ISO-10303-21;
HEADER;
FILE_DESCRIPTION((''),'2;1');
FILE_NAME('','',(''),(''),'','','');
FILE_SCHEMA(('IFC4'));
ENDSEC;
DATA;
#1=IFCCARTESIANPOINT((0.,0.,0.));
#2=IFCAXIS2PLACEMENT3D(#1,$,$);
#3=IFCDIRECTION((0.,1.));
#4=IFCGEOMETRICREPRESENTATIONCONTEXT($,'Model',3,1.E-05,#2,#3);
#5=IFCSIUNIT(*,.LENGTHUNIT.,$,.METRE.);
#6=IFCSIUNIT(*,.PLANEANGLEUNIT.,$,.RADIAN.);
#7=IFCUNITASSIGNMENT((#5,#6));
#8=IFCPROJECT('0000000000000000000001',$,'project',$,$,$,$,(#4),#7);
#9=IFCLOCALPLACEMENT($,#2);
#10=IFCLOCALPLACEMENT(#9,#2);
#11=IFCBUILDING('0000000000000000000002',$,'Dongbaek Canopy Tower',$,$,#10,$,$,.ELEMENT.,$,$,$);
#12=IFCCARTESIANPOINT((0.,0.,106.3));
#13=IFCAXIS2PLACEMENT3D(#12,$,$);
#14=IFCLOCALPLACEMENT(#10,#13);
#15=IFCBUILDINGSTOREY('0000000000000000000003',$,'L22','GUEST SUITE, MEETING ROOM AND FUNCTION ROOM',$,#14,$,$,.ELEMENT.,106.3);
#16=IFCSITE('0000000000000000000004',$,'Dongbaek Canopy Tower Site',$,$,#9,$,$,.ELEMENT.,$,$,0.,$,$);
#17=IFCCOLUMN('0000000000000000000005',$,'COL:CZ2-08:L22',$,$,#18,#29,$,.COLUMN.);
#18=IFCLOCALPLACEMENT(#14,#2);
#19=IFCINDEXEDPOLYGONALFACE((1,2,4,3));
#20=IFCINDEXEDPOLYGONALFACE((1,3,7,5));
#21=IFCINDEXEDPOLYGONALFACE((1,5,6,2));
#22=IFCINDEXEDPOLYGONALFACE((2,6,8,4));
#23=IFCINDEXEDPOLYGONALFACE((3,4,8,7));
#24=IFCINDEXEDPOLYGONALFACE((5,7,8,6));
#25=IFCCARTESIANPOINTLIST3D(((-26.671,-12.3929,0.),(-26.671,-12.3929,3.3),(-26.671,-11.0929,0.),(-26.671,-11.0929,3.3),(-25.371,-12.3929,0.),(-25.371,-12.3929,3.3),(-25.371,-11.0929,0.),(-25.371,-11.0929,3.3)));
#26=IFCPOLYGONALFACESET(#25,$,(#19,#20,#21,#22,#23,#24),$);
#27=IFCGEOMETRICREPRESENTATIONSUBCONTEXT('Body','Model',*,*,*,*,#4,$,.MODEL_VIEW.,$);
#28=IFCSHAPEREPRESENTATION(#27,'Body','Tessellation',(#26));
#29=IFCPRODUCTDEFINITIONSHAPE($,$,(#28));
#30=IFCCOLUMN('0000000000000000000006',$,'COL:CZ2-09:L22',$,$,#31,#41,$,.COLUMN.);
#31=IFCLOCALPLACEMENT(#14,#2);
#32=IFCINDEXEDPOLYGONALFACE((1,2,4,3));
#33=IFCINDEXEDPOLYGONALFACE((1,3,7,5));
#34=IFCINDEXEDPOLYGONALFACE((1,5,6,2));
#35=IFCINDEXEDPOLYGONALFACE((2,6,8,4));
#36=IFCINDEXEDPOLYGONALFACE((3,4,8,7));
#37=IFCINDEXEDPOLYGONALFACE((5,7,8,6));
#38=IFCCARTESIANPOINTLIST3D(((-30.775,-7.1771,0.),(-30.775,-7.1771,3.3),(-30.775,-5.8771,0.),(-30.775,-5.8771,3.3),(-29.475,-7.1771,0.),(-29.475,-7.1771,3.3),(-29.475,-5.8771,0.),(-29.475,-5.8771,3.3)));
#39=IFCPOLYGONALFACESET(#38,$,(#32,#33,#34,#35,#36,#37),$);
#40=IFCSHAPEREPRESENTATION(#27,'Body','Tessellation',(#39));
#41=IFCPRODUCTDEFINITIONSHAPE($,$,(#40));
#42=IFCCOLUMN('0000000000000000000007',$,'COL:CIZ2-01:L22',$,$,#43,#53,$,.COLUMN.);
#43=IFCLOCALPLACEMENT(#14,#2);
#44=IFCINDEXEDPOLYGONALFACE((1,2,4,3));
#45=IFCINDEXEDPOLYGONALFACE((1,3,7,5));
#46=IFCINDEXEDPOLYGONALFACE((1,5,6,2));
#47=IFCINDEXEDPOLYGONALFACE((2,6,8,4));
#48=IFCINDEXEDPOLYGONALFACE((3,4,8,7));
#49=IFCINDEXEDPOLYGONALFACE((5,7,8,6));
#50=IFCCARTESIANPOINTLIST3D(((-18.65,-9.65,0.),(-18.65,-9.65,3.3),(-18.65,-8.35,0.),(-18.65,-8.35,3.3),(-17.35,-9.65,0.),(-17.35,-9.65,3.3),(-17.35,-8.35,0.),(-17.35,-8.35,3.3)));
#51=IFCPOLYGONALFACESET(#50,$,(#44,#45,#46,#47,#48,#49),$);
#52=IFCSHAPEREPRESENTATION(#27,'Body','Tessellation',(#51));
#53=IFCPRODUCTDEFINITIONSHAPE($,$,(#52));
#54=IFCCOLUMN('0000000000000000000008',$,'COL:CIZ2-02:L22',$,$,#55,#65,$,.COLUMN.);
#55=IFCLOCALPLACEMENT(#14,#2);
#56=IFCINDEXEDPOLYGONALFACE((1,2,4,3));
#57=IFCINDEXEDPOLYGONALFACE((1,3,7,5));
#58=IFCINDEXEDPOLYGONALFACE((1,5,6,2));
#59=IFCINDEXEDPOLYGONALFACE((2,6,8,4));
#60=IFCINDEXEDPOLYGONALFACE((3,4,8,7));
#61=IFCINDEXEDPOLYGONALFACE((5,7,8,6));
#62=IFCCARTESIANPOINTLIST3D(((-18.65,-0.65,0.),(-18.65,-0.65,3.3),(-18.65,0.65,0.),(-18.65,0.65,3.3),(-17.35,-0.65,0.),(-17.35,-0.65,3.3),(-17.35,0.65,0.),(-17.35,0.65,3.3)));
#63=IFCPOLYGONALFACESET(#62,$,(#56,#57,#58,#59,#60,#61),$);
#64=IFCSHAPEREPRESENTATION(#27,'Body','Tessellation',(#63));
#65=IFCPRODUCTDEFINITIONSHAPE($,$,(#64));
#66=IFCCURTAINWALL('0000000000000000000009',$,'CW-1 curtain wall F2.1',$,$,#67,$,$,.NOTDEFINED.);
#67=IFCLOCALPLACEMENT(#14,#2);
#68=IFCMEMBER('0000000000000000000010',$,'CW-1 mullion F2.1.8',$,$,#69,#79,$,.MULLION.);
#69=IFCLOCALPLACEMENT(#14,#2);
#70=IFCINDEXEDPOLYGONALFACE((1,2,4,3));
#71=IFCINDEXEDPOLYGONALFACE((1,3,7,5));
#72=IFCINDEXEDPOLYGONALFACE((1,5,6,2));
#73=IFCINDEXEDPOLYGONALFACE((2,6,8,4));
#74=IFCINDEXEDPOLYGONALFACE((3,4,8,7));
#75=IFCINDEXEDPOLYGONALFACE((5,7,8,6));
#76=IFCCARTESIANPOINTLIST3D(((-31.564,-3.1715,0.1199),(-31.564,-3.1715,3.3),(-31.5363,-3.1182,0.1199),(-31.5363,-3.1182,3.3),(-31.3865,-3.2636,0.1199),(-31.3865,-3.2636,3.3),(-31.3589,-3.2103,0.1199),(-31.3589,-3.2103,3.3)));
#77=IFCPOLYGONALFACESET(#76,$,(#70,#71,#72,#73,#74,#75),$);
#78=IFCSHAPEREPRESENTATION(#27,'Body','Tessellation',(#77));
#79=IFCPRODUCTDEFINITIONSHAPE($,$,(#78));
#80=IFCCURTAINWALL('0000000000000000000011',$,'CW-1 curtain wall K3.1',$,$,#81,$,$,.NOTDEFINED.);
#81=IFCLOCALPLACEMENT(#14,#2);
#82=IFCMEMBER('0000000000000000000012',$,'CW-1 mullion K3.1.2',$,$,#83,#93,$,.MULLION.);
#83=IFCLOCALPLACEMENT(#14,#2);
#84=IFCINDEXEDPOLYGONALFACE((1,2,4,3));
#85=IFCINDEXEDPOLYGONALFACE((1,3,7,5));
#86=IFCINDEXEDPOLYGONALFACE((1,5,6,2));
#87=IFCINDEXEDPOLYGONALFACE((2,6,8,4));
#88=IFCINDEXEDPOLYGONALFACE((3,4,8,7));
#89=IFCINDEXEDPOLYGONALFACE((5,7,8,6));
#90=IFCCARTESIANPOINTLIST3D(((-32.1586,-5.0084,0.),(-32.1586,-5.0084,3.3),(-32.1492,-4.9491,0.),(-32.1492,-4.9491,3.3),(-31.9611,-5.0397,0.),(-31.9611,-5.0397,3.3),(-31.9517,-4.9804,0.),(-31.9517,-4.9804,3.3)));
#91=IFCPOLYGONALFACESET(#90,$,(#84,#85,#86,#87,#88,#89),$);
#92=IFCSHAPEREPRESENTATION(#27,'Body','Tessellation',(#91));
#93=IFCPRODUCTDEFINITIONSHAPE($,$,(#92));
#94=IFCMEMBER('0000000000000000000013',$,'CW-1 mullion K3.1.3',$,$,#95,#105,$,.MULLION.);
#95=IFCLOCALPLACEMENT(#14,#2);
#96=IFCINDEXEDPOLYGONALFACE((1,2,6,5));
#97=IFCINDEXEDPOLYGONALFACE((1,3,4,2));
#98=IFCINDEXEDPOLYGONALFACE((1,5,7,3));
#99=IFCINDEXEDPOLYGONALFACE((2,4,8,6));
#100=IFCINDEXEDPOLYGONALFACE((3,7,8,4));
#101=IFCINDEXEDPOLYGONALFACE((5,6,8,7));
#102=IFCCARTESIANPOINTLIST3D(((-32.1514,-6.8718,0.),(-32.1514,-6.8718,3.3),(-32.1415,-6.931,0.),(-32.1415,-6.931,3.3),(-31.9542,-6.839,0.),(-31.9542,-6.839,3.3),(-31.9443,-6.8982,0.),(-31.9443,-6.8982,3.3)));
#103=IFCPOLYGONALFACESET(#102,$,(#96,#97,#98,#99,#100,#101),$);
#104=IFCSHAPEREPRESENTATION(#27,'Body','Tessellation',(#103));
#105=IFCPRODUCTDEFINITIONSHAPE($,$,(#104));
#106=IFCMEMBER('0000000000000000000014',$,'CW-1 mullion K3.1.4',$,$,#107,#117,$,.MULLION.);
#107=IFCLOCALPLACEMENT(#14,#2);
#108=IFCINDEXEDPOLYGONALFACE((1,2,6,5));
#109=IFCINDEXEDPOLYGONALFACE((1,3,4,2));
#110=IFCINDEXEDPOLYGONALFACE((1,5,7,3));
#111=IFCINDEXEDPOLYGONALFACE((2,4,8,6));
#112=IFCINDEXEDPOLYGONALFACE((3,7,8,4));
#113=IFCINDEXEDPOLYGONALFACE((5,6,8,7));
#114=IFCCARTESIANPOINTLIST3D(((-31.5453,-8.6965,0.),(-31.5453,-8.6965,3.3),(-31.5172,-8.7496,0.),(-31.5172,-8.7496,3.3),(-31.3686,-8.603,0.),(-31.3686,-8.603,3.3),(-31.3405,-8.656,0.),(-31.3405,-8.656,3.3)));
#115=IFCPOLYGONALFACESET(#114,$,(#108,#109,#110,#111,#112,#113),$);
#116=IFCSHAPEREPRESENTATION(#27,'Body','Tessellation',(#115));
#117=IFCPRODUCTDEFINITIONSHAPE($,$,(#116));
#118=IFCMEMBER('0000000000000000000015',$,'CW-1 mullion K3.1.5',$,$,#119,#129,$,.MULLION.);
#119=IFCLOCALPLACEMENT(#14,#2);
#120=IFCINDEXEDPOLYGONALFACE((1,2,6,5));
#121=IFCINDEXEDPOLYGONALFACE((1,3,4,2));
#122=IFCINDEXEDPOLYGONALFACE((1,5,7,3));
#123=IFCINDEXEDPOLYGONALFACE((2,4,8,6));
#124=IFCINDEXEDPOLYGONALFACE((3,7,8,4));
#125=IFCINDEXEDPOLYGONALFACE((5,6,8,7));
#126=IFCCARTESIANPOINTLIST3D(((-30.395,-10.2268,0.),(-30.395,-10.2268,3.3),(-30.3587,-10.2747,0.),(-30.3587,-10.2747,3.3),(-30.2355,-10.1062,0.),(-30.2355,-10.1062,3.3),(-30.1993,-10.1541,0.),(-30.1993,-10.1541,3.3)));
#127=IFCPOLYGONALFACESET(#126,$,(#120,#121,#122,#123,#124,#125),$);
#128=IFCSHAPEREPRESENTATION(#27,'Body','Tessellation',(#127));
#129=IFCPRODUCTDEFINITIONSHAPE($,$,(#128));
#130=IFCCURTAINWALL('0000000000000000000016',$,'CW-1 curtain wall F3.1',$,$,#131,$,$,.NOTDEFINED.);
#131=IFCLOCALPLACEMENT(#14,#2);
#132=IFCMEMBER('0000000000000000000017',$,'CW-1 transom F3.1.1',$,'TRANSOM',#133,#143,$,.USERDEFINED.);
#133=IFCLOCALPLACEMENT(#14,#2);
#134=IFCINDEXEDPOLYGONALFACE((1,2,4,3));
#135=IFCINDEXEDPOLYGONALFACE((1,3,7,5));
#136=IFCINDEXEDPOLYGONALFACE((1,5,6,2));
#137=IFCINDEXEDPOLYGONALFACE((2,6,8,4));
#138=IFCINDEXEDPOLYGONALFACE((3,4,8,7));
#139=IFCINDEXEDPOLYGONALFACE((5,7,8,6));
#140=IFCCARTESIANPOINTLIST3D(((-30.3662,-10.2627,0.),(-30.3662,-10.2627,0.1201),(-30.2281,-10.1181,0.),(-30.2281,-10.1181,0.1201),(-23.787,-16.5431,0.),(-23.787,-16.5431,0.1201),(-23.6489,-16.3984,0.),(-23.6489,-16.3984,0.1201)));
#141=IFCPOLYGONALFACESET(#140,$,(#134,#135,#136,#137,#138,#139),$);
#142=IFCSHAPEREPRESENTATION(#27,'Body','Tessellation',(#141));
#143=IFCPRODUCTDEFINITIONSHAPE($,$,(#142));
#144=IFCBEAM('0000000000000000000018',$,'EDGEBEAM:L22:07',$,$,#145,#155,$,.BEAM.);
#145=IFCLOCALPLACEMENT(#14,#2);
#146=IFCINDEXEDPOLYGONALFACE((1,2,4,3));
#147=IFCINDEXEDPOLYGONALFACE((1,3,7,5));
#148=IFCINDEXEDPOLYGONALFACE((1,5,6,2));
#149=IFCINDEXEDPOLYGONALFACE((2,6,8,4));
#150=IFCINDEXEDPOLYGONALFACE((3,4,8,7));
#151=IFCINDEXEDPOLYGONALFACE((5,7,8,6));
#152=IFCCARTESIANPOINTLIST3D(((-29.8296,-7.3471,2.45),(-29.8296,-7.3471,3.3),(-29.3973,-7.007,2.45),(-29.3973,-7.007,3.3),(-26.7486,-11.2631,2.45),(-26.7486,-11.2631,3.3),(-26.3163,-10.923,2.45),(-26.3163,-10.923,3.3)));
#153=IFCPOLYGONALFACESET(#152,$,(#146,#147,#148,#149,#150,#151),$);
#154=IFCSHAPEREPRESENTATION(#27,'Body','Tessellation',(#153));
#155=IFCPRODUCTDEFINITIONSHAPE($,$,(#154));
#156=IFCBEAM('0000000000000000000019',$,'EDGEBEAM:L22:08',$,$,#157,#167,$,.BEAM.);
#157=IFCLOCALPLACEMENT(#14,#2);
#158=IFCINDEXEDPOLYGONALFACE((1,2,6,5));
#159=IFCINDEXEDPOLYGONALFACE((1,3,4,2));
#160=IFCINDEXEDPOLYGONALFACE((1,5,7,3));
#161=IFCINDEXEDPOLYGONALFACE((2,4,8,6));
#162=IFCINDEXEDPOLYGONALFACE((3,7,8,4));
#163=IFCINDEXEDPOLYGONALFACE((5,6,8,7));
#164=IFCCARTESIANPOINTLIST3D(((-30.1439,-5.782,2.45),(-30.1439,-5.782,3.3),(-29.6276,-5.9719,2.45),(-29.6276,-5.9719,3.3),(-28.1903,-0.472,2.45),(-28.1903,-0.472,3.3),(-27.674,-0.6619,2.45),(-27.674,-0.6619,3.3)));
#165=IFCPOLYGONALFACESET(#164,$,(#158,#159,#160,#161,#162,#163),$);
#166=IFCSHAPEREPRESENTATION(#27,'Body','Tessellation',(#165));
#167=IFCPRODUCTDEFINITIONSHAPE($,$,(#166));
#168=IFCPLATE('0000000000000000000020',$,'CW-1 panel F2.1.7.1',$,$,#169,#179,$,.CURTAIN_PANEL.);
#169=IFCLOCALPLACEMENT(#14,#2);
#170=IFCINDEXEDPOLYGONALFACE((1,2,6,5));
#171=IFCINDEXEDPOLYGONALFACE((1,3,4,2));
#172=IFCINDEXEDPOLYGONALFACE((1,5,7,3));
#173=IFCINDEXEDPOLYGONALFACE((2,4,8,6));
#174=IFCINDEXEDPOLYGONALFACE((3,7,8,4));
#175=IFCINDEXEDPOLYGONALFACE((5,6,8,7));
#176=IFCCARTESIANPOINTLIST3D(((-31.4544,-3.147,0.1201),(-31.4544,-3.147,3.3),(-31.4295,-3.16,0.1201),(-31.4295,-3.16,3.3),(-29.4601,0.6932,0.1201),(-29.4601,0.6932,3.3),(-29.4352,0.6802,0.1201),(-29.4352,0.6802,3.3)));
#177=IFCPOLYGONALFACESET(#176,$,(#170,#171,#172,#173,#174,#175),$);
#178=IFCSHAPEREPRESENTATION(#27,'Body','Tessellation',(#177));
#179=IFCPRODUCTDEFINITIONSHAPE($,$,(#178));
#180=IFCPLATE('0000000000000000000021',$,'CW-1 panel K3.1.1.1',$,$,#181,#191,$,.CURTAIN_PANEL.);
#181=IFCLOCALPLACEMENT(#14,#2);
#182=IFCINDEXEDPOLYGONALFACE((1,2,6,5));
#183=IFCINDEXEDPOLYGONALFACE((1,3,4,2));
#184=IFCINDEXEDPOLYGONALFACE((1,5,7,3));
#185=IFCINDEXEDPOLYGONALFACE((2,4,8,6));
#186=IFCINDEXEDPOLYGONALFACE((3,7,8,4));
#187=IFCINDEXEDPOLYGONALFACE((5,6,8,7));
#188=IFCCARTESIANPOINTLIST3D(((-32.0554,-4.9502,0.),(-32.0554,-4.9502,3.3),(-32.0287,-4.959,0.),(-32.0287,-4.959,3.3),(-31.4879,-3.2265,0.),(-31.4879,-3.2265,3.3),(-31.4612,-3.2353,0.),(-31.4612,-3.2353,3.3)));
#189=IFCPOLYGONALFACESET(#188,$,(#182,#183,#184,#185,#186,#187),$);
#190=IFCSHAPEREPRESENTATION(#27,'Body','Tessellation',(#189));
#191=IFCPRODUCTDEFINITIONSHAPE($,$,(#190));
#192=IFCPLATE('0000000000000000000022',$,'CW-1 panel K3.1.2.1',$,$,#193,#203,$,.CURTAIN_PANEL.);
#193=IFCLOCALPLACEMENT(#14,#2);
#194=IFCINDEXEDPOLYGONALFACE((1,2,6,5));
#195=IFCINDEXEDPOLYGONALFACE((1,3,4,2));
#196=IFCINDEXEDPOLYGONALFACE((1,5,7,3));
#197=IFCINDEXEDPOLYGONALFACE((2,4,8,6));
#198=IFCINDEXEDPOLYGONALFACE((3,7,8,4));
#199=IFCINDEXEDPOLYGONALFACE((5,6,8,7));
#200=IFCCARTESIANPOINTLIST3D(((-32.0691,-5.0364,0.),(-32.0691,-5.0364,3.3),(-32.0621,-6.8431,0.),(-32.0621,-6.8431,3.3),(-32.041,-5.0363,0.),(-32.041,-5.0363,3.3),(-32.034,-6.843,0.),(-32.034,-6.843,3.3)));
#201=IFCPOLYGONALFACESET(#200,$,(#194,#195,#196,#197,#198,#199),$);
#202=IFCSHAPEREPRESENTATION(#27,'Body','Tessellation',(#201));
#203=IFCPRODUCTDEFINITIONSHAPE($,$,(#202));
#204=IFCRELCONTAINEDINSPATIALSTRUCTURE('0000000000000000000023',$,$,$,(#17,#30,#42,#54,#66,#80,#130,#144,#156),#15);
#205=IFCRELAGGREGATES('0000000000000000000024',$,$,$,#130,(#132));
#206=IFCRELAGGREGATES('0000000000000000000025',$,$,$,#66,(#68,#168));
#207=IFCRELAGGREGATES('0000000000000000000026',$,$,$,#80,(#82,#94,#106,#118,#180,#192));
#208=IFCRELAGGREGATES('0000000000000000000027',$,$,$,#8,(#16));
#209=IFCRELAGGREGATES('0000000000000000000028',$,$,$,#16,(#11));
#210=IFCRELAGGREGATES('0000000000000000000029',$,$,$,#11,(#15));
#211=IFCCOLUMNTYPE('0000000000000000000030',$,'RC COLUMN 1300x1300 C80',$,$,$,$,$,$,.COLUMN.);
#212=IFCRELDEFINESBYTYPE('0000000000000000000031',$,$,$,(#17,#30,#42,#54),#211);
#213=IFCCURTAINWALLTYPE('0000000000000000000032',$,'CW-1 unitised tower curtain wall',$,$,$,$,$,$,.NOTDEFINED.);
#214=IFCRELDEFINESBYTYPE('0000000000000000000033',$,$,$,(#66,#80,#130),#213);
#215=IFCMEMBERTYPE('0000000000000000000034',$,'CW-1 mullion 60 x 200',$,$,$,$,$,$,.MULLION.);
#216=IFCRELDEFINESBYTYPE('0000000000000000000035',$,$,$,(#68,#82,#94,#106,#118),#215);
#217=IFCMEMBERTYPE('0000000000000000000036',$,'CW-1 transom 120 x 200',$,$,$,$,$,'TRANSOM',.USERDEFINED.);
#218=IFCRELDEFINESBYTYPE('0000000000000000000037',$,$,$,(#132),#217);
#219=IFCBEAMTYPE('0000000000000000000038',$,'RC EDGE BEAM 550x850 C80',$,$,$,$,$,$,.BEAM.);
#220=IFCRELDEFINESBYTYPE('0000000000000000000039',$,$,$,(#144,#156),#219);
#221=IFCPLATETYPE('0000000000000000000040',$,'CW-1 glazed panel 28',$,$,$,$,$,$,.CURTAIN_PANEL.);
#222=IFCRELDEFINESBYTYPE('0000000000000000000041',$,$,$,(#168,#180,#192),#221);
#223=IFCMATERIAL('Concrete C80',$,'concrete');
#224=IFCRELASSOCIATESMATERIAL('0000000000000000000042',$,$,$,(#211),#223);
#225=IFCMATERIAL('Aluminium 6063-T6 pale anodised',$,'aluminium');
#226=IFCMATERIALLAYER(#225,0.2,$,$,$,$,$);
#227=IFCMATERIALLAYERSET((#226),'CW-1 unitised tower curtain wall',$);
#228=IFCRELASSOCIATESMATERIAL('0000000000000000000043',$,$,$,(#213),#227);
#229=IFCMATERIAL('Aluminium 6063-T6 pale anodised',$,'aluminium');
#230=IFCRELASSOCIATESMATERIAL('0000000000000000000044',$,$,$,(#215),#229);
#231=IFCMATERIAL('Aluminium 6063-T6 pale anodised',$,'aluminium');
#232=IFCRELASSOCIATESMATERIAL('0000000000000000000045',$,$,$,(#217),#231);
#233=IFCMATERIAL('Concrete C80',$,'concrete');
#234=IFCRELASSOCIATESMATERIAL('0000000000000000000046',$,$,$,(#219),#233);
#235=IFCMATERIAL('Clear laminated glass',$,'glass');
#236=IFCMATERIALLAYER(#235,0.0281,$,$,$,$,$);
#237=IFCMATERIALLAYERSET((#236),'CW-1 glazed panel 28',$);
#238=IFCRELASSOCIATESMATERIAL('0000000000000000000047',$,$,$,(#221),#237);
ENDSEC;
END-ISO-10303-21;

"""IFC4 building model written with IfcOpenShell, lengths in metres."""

from ifc_helpers import new_model, si_unit, direction, frame, origin, origin_2d, place, context, subcontext, project, spatial, rectangle, extrude, material, layer, layer_set, material_profile, profile_set, type_object, element, aggregate, save


model = new_model("IFC4")

# Units and contexts
model_context = context("Model", 3, precision=1e-05, world=origin(), true_north=direction((0.0, 1.0)))
body_context = subcontext(model_context, "Body", "Model", "MODEL_VIEW")
ifc_project = project(units=[si_unit("LENGTHUNIT", "METRE"), si_unit("PLANEANGLEUNIT", "RADIAN")], contexts=[model_context])

# Site, building, storey
site_placement = place(None, origin())
site = spatial("IfcSite", under=ifc_project, at=site_placement, Name="Dongbaek Canopy Tower Site", CompositionType="ELEMENT", RefElevation=0.0)
building_placement = place(site_placement, origin())
building = spatial("IfcBuilding", under=site, at=building_placement, Name="Dongbaek Canopy Tower", CompositionType="ELEMENT")
storey_placement = place(building_placement, frame((0.0, 0.0, 106.3)))
storey = spatial("IfcBuildingStorey", under=building, at=storey_placement, Name="L22", Description="GUEST SUITE, MEETING ROOM AND FUNCTION ROOM", CompositionType="ELEMENT", Elevation=106.3)

# Columns
ifc_material_1 = material(Name="Concrete C80", Category="concrete")
ifc_material_profile_1 = material_profile(ifc_material_1, rectangle(XDim=1.3, YDim=1.3, at=origin_2d()), Name="RC COLUMN 1300x1300 C80")
ifc_profile_set_1 = profile_set([ifc_material_profile_1], Name="Concrete C80")
column_type = type_object("IfcColumnType", Name="RC COLUMN 1300x1300 C80", PredefinedType="COLUMN", material=ifc_profile_set_1)
for number, where, z_axis, x_axis, name in (
    (1, (-26.021, -11.7429, 0.0), (0.0, 0.0, 1.0), (1.0, 0.0, 0.0), "COL:CZ2-08:L22"),
    (2, (-30.125, -6.5271, 0.0), (0.0, 0.0, 1.0), (1.0, 0.0, 0.0), "COL:CZ2-09:L22"),
    (3, (-18.0, -9.0, 0.0), (0.0, 0.0, 1.0), (1.0, 0.0, 0.0), "COL:CIZ2-01:L22"),
    (4, (-18.0, 0.0, 0.0), (0.0, 0.0, 1.0), (1.0, 0.0, 0.0), "COL:CIZ2-02:L22"),
):
    element("IfcColumn", number, at=place(storey_placement, frame(where, z_axis=z_axis, x_axis=x_axis)), inside=storey, type_object=column_type, Name=name, PredefinedType="COLUMN", context=body_context, shape_type="SweptSolid", body=[
        extrude(rectangle(XDim=1.3, YDim=1.3, at=origin_2d()), origin(), (0.0, 0.0, 1.0), 3.3),
    ])

# Curtain wall, member
ifc_material_2 = material(Name="Aluminium 6063-T6 pale anodised", Category="aluminium")
ifc_layer_1 = layer(ifc_material_2, 0.2)
ifc_layer_set_1 = layer_set([ifc_layer_1], Name="CW-1 unitised tower curtain wall")
curtain_wall_type = type_object("IfcCurtainWallType", Name="CW-1 unitised tower curtain wall", PredefinedType="NOTDEFINED", material=ifc_layer_set_1)
curtain_wall_1_placement = place(storey_placement, origin())
curtain_wall_1 = element("IfcCurtainWall", 5, at=curtain_wall_1_placement, inside=storey, type_object=curtain_wall_type, Name="CW-1 curtain wall F2.1", PredefinedType="NOTDEFINED")
ifc_material_3 = material(Name="Aluminium 6063-T6 pale anodised", Category="aluminium")
ifc_material_profile_2 = material_profile(ifc_material_3, rectangle(XDim=0.2, YDim=0.0601, at=origin_2d()), Name="CW-1 mullion 60 x 200")
ifc_profile_set_2 = profile_set([ifc_material_profile_2], Name="Aluminium 6063-T6 pale anodised")
member_type_1 = type_object("IfcMemberType", Name="CW-1 mullion 60 x 200", PredefinedType="MULLION", material=ifc_profile_set_2)
member_1_placement = place(storey_placement, frame((-31.4614, -3.1909, 0.1199), z_axis=(0.0, 0.0, 1.0), x_axis=(-0.887463, 0.46088, 0.0)))
member_1 = element("IfcMember", 6, at=member_1_placement, type_object=member_type_1, Name="CW-1 mullion F2.1.8", PredefinedType="MULLION", context=body_context, shape_type="SweptSolid", body=[
    extrude(rectangle(XDim=0.2, YDim=0.0601, at=origin_2d()), origin(), (0.0, 0.0, 1.0), 3.1802),
])

# Curtain wall, members
curtain_wall_2_placement = place(storey_placement, origin())
curtain_wall_2 = element("IfcCurtainWall", 7, at=curtain_wall_2_placement, inside=storey, type_object=curtain_wall_type, Name="CW-1 curtain wall K3.1", PredefinedType="NOTDEFINED")
member_2_placement = place(storey_placement, frame((-32.0552, -4.9944, 0.0), z_axis=(0.0, 0.0, 1.0), x_axis=(-0.987688, 0.156434, 0.0)))
member_2 = element("IfcMember", 8, at=member_2_placement, type_object=member_type_1, Name="CW-1 mullion K3.1.2", PredefinedType="MULLION", context=body_context, shape_type="SweptSolid", body=[
    extrude(rectangle(XDim=0.2, YDim=0.0601, at=origin_2d()), origin(), (0.0, 0.0, 1.0), 3.3),
])
member_3_placement = place(storey_placement, frame((-32.0479, -6.885, 0.0), z_axis=(0.0, 0.0, 1.0), x_axis=(-0.986447, -0.164082, 0.0)))
member_3 = element("IfcMember", 9, at=member_3_placement, type_object=member_type_1, Name="CW-1 mullion K3.1.3", PredefinedType="MULLION", context=body_context, shape_type="SweptSolid", body=[
    extrude(rectangle(XDim=0.2, YDim=0.0601, at=origin_2d()), origin(), (0.0, 0.0, 1.0), 3.3),
])
member_4_placement = place(storey_placement, frame((-31.4429, -8.6763, 0.0), z_axis=(0.0, 0.0, 1.0), x_axis=(-0.883865, -0.467742, 0.0)))
member_4 = element("IfcMember", 10, at=member_4_placement, type_object=member_type_1, Name="CW-1 mullion K3.1.4", PredefinedType="MULLION", context=body_context, shape_type="SweptSolid", body=[
    extrude(rectangle(XDim=0.2, YDim=0.0601, at=origin_2d()), origin(), (0.0, 0.0, 1.0), 3.3),
])
member_5_placement = place(storey_placement, frame((-30.2971, -10.1904, 0.0), z_axis=(0.0, 0.0, 1.0), x_axis=(-0.797481, -0.603344, 0.0)))
member_5 = element("IfcMember", 11, at=member_5_placement, type_object=member_type_1, Name="CW-1 mullion K3.1.5", PredefinedType="MULLION", context=body_context, shape_type="SweptSolid", body=[
    extrude(rectangle(XDim=0.2, YDim=0.0601, at=origin_2d()), origin(), (0.0, 0.0, 1.0), 3.3),
])

# Curtain wall, member
curtain_wall_3_placement = place(storey_placement, origin())
curtain_wall_3 = element("IfcCurtainWall", 12, at=curtain_wall_3_placement, inside=storey, type_object=curtain_wall_type, Name="CW-1 curtain wall F3.1", PredefinedType="NOTDEFINED")
ifc_material_4 = material(Name="Aluminium 6063-T6 pale anodised", Category="aluminium")
ifc_material_profile_3 = material_profile(ifc_material_4, rectangle(XDim=0.2, YDim=0.1201, at=origin_2d()), Name="CW-1 transom 120 x 200")
ifc_profile_set_3 = profile_set([ifc_material_profile_3], Name="Aluminium 6063-T6 pale anodised")
member_type_2 = type_object("IfcMemberType", Name="CW-1 transom 120 x 200", ElementType="TRANSOM", PredefinedType="USERDEFINED", material=ifc_profile_set_3)
member_6_placement = place(storey_placement, frame((-30.2971, -10.1904, 0.0601), z_axis=(0.723343, -0.690489, 0.0), x_axis=(0.690489, 0.723343, 0.0)))
member_6 = element("IfcMember", 13, at=member_6_placement, type_object=member_type_2, Name="CW-1 transom F3.1.1", ObjectType="TRANSOM", PredefinedType="USERDEFINED", context=body_context, shape_type="SweptSolid", body=[
    extrude(rectangle(XDim=0.2, YDim=0.1201, at=origin_2d()), origin(), (0.0, 0.0, 1.0), 9.0955),
])
aggregate(curtain_wall_3, [member_6])

# Beams
ifc_material_5 = material(Name="Concrete C80", Category="concrete")
ifc_material_profile_4 = material_profile(ifc_material_5, rectangle(XDim=0.55, YDim=0.8501, at=origin_2d()), Name="RC EDGE BEAM 550x850 C80")
ifc_profile_set_4 = profile_set([ifc_material_profile_4], Name="Concrete C80")
beam_type = type_object("IfcBeamType", Name="RC EDGE BEAM 550x850 C80", PredefinedType="BEAM", material=ifc_profile_set_4)
beam_1_placement = place(storey_placement, frame((-26.5325, -11.093, 2.875), z_axis=(-0.618341, 0.78591, 0.0), x_axis=(-0.78591, -0.618341, 0.0)))
element("IfcBeam", 14, at=beam_1_placement, inside=storey, type_object=beam_type, Name="EDGEBEAM:L22:07", PredefinedType="BEAM", context=body_context, shape_type="SweptSolid", body=[
    extrude(rectangle(XDim=0.55, YDim=0.8501, at=origin_2d()), origin(), (0.0, 0.0, 1.0), 4.9827),
])
beam_2_placement = place(storey_placement, frame((-29.8857, -5.877, 2.875), z_axis=(0.345281, 0.938499, 0.0), x_axis=(-0.938499, 0.345281, 0.0)))
element("IfcBeam", 15, at=beam_2_placement, inside=storey, type_object=beam_type, Name="EDGEBEAM:L22:08", PredefinedType="BEAM", context=body_context, shape_type="SweptSolid", body=[
    extrude(rectangle(XDim=0.55, YDim=0.8501, at=origin_2d()), origin(), (0.0, 0.0, 1.0), 5.658),
])

# Plates
ifc_material_6 = material(Name="Clear laminated glass", Category="glass")
ifc_layer_2 = layer(ifc_material_6, 0.0281)
ifc_layer_set_2 = layer_set([ifc_layer_2], Name="CW-1 glazed panel 28")
plate_type = type_object("IfcPlateType", Name="CW-1 glazed panel 28", PredefinedType="CURTAIN_PANEL", material=ifc_layer_set_2)
plate_1_placement = place(storey_placement, frame((-30.4448, -1.2334, 0.1201), z_axis=(0.0, 0.0, 1.0), x_axis=(-0.46088, -0.887463, 0.0)))
plate_1 = element("IfcPlate", 16, at=plate_1_placement, type_object=plate_type, Name="CW-1 panel F2.1.7.1", PredefinedType="CURTAIN_PANEL", context=body_context, shape_type="SweptSolid", body=[
    extrude(rectangle(XDim=4.3271, YDim=0.0281, at=origin_2d()), origin(), (0.0, 0.0, 1.0), 3.1799),
])
plate_2_placement = place(storey_placement, frame((-31.7583, -4.0928, 0.0), z_axis=(0.0, 0.0, 1.0), x_axis=(-0.312699, -0.949852, 0.0)))
plate_2 = element("IfcPlate", 17, at=plate_2_placement, type_object=plate_type, Name="CW-1 panel K3.1.1.1", PredefinedType="CURTAIN_PANEL", context=body_context, shape_type="SweptSolid", body=[
    extrude(rectangle(XDim=1.8147, YDim=0.0281, at=origin_2d()), origin(), (0.0, 0.0, 1.0), 3.3),
])
plate_3_placement = place(storey_placement, frame((-32.0515, -5.9397, 0.0), z_axis=(0.0, 0.0, 1.0), x_axis=(0.003874, -0.999992, 0.0)))
plate_3 = element("IfcPlate", 18, at=plate_3_placement, type_object=plate_type, Name="CW-1 panel K3.1.2.1", PredefinedType="CURTAIN_PANEL", context=body_context, shape_type="SweptSolid", body=[
    extrude(rectangle(XDim=1.8066, YDim=0.0281, at=origin_2d()), origin(), (0.0, 0.0, 1.0), 3.3),
])

aggregate(curtain_wall_1, [member_1, plate_1])
aggregate(curtain_wall_2, [member_2, member_3, member_4, member_5, plate_2, plate_3])

save(model, "model.ifc")
